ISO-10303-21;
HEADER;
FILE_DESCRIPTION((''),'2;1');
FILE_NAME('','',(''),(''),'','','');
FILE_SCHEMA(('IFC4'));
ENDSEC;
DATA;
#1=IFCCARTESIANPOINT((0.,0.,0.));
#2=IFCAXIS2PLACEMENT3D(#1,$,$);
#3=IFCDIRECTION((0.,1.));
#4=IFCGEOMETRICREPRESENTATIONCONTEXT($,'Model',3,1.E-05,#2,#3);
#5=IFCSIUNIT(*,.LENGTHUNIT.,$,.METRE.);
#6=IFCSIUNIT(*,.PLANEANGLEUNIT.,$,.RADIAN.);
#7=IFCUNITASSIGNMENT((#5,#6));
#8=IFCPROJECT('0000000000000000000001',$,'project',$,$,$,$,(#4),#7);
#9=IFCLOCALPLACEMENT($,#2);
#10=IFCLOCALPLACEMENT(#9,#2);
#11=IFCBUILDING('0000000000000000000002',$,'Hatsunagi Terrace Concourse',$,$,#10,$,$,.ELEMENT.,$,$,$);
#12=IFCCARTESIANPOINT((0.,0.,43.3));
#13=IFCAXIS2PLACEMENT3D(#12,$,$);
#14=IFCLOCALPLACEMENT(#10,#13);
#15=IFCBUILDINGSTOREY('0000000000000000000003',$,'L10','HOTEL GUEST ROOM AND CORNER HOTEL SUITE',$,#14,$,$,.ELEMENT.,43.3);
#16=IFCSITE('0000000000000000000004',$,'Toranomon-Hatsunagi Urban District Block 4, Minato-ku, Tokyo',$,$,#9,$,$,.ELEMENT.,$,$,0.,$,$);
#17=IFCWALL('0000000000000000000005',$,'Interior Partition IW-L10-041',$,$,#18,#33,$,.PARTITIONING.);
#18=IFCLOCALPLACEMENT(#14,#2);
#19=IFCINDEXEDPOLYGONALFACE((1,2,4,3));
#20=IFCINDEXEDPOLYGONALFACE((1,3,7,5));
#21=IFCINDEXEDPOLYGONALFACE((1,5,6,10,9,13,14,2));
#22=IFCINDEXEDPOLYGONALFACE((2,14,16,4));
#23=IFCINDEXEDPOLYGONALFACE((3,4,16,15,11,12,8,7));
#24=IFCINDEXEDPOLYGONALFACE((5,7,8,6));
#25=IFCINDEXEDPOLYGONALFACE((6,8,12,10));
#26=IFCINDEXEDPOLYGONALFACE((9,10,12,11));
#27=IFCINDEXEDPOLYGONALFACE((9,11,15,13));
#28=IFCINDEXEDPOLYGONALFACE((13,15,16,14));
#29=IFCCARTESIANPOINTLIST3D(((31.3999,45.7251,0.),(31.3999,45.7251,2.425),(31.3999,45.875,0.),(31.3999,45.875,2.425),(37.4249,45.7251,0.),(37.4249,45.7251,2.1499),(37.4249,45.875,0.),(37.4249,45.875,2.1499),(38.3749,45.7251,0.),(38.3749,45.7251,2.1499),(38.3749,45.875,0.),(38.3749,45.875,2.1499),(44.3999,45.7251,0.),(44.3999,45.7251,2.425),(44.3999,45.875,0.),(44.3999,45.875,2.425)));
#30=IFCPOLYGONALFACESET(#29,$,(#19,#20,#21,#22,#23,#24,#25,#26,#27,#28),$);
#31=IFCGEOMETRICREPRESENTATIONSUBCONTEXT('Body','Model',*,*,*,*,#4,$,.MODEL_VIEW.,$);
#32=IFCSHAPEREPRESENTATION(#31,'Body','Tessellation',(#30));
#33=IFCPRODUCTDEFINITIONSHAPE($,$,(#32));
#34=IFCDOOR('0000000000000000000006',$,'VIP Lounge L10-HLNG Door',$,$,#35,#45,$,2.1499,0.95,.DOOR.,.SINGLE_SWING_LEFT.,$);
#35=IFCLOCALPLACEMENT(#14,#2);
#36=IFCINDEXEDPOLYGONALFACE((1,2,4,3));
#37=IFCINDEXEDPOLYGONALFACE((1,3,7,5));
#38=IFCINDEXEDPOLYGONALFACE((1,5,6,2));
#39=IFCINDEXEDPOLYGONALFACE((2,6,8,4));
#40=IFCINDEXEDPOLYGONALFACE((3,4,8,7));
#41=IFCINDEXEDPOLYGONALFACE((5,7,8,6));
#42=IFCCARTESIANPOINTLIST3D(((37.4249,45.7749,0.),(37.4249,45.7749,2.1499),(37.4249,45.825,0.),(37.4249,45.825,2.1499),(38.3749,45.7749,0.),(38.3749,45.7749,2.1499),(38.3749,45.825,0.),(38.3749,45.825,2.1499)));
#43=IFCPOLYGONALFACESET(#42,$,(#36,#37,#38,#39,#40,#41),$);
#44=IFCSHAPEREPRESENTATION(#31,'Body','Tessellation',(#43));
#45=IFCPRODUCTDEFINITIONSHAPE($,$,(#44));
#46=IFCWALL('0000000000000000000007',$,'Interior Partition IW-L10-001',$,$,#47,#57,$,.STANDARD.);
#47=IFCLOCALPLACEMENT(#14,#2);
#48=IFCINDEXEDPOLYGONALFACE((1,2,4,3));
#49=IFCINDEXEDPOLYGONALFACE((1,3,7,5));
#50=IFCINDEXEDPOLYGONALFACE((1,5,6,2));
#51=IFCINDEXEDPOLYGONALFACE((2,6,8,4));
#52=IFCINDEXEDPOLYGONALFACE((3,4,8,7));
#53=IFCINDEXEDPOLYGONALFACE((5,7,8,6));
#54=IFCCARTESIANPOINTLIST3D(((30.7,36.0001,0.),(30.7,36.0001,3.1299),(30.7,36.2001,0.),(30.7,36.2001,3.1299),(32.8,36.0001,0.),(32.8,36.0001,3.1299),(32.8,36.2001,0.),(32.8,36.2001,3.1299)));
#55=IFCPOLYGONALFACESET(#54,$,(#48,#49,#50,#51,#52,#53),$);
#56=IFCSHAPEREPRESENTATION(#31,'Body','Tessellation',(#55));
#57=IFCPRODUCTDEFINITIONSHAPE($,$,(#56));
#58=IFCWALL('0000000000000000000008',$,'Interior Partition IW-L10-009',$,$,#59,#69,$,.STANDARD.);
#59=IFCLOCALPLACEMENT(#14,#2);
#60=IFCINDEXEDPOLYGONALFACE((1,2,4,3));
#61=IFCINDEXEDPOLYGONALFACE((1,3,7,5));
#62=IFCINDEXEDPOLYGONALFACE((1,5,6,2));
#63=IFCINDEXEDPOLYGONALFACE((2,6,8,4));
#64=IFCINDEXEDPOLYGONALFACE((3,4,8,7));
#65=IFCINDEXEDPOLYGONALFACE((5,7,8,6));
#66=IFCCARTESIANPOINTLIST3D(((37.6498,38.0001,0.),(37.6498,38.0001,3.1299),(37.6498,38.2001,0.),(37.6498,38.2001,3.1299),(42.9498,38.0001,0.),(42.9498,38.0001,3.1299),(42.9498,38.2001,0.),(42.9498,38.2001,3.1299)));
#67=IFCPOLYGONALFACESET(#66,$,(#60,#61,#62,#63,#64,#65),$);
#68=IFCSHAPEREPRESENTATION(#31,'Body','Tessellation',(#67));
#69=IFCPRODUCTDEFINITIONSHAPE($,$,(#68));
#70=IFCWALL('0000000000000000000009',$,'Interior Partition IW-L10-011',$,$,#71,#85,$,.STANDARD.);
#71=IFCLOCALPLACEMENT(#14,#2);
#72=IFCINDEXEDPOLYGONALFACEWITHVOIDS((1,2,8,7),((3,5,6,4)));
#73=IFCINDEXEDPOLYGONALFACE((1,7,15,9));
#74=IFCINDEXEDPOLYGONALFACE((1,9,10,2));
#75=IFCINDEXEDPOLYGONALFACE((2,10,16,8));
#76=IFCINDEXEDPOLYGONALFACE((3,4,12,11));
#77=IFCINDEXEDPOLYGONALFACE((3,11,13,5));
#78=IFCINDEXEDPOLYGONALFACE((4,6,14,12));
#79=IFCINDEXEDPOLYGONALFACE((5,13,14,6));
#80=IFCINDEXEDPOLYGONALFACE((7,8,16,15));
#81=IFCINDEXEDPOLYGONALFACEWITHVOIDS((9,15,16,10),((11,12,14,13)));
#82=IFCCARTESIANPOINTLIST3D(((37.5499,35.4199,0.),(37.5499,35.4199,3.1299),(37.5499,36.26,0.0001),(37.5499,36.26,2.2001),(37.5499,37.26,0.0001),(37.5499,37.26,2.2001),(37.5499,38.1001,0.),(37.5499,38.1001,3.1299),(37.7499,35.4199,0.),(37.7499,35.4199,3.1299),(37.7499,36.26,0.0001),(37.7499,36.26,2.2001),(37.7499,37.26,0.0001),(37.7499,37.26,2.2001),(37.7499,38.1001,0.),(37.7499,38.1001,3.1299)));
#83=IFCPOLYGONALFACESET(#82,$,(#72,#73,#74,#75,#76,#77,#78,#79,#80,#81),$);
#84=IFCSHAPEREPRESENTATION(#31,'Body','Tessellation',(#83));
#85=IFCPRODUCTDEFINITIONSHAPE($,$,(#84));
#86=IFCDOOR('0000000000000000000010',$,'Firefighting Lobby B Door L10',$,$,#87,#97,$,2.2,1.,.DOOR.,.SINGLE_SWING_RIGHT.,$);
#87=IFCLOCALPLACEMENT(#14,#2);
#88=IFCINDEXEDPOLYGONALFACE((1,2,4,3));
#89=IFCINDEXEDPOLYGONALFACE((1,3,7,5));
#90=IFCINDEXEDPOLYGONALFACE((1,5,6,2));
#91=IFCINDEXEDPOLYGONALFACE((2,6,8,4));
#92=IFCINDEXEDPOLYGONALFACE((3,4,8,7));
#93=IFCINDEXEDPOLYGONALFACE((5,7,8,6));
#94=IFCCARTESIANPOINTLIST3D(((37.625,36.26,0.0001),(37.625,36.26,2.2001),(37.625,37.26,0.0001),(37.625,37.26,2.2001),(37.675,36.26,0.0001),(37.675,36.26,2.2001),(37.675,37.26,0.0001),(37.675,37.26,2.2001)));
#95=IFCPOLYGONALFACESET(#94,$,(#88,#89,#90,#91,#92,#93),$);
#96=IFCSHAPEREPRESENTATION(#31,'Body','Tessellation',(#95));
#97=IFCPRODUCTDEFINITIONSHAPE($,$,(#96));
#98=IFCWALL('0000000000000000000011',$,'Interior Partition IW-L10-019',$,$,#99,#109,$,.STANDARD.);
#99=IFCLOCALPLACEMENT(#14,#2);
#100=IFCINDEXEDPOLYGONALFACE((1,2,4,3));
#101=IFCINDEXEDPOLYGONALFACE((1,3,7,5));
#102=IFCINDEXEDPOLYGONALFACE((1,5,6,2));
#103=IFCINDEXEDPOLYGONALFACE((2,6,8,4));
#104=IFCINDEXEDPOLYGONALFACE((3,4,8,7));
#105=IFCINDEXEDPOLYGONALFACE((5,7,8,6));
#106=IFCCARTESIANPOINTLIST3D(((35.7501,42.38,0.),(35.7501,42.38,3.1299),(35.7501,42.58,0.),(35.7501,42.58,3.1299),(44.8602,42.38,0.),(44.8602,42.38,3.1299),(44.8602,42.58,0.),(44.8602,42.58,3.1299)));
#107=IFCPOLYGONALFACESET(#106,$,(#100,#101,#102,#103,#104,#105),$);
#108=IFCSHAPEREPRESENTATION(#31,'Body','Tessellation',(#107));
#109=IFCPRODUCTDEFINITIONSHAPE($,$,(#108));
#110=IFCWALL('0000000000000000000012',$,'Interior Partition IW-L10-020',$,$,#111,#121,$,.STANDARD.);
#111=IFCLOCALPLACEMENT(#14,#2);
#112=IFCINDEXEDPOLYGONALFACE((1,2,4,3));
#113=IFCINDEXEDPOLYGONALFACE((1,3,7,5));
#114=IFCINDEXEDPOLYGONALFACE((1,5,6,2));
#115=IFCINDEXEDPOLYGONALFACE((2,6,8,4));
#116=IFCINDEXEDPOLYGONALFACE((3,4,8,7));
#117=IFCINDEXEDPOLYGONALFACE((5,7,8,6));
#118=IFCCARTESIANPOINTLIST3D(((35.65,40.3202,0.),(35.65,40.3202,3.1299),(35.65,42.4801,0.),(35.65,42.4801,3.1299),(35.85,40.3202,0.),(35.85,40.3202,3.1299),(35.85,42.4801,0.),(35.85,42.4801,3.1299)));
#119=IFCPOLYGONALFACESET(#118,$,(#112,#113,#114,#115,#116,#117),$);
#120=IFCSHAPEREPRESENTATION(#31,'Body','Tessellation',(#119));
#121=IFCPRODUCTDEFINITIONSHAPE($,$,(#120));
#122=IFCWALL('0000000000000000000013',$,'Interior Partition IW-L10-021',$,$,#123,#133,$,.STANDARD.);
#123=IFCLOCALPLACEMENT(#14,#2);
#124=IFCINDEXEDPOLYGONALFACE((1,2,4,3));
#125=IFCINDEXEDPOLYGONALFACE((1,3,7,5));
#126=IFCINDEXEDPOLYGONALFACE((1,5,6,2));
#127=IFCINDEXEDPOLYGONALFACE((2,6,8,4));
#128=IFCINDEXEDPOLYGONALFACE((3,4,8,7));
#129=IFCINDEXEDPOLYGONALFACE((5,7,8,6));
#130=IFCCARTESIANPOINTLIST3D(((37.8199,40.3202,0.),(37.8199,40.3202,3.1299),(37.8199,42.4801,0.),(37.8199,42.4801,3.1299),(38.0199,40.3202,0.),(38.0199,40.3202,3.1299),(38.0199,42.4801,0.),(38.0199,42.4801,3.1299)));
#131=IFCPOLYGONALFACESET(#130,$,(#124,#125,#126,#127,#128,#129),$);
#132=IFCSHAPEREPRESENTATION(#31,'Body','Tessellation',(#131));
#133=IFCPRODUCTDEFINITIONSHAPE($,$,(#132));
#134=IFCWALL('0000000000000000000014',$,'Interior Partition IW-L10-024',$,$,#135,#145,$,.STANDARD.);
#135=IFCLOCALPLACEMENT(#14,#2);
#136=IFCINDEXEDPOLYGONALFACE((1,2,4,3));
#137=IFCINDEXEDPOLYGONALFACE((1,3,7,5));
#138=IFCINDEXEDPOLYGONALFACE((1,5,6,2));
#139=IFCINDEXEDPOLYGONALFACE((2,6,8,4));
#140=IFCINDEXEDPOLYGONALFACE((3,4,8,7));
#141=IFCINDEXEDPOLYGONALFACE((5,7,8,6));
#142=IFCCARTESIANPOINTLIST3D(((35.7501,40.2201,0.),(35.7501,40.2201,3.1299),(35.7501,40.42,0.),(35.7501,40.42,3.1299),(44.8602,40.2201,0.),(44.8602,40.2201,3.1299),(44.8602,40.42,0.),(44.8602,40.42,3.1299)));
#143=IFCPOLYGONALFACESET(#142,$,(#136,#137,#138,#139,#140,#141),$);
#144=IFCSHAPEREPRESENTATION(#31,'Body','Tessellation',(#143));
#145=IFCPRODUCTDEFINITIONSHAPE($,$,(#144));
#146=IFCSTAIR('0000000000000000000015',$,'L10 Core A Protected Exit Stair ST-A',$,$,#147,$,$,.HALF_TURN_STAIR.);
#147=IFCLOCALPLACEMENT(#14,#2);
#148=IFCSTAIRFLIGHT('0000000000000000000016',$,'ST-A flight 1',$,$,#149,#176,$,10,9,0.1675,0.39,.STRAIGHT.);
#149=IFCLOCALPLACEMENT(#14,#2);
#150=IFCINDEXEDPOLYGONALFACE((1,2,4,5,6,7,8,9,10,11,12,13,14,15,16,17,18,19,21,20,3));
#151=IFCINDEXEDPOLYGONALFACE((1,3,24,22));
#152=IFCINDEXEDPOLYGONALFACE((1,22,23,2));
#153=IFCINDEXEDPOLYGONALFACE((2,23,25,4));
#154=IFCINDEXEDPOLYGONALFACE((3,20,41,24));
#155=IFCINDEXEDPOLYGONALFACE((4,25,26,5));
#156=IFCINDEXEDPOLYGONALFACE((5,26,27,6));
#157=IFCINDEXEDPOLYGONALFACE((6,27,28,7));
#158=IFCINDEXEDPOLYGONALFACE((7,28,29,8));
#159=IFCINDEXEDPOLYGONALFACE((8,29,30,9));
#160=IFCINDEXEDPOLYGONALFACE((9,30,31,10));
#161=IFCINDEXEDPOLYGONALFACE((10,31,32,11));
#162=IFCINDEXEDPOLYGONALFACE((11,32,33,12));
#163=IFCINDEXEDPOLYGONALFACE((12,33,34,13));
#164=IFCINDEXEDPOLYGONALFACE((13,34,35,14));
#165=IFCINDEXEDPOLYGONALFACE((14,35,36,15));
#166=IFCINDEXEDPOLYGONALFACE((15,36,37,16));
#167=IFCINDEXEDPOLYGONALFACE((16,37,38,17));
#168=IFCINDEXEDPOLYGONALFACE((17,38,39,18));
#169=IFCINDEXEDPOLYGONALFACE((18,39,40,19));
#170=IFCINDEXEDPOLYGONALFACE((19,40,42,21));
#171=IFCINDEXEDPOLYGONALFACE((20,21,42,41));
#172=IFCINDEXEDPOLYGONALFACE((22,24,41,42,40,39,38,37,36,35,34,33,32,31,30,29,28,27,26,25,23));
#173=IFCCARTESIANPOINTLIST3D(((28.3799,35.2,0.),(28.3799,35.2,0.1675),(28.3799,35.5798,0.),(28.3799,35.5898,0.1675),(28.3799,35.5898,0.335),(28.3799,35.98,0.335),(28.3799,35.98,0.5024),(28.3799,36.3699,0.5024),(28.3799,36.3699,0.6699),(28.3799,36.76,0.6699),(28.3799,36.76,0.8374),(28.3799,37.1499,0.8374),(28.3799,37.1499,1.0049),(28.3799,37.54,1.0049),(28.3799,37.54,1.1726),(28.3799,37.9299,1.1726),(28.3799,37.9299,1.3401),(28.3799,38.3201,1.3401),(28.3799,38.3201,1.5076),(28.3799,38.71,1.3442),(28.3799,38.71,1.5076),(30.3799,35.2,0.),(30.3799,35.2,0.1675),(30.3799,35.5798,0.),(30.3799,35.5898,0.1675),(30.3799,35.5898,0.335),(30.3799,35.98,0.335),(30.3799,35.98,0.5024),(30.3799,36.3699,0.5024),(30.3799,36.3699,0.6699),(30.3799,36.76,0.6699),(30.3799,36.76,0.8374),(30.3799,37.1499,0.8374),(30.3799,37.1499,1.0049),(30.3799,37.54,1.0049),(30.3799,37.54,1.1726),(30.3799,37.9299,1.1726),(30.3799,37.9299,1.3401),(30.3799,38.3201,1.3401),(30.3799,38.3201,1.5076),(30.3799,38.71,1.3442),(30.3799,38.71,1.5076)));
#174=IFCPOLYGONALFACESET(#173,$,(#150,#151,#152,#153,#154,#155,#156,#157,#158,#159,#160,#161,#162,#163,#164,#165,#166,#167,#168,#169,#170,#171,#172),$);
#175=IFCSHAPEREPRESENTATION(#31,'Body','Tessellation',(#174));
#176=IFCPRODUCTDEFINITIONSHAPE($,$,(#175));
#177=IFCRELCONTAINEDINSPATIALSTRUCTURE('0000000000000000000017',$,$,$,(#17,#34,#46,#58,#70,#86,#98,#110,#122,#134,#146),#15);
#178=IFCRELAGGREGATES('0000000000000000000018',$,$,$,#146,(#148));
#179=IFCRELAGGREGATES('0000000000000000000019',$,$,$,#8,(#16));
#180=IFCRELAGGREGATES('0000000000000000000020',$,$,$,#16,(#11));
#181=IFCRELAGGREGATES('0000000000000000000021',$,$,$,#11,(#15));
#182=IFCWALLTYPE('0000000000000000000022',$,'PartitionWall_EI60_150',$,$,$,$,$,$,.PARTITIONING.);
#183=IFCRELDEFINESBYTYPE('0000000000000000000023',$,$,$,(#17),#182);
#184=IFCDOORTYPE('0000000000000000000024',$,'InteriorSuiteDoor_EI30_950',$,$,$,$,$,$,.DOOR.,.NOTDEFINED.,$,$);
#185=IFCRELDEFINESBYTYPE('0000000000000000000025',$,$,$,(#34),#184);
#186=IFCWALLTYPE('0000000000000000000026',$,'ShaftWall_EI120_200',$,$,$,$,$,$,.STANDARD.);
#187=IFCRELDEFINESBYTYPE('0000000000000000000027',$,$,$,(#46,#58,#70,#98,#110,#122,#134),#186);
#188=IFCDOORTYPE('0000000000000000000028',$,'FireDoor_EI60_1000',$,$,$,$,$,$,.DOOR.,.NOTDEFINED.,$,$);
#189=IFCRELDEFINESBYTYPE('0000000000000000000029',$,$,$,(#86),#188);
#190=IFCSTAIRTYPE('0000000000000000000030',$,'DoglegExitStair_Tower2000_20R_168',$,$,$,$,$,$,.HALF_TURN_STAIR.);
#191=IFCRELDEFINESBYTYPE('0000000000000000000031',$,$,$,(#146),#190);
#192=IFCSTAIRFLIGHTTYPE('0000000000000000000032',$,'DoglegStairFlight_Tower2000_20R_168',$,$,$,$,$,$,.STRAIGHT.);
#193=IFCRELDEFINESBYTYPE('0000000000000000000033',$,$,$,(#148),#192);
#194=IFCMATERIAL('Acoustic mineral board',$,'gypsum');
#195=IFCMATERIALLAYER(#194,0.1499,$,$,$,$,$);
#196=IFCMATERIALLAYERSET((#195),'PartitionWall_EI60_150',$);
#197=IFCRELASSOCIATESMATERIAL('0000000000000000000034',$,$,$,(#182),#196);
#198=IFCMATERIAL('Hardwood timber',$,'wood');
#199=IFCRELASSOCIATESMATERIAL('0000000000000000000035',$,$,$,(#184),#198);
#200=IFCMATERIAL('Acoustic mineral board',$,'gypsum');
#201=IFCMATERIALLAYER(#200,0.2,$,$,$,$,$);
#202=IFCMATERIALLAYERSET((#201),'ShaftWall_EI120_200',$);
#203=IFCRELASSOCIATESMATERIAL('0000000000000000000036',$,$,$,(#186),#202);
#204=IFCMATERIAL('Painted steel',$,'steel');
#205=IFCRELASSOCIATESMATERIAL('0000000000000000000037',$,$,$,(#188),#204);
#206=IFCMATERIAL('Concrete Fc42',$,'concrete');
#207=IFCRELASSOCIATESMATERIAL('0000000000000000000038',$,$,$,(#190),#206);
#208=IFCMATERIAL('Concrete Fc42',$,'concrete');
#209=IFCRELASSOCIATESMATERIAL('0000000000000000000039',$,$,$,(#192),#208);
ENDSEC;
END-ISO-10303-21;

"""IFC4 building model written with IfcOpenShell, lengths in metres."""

from ifc_helpers import new_model, si_unit, direction, frame, frame_2d, origin, place, context, subcontext, project, spatial, polyline, rectangle, outline, extrude, material, layer, layer_set, type_object, element, fill, aggregate, save


model = new_model("IFC4")

# Units and contexts
model_context = context("Model", 3, precision=1e-05, world=origin(), true_north=direction((0.0, 1.0)))
body_context = subcontext(model_context, "Body", "Model", "MODEL_VIEW")
ifc_project = project(units=[si_unit("LENGTHUNIT", "METRE"), si_unit("PLANEANGLEUNIT", "RADIAN")], contexts=[model_context])

# Site, building, storey
site_placement = place(None, origin())
site = spatial("IfcSite", under=ifc_project, at=site_placement, Name="Toranomon-Hatsunagi Urban District Block 4, Minato-ku, Tokyo", CompositionType="ELEMENT", RefElevation=0.0)
building_placement = place(site_placement, origin())
building = spatial("IfcBuilding", under=site, at=building_placement, Name="Hatsunagi Terrace Concourse", CompositionType="ELEMENT")
storey_placement = place(building_placement, frame((0.0, 0.0, 43.3)))
storey = spatial("IfcBuildingStorey", under=building, at=storey_placement, Name="L10", Description="HOTEL GUEST ROOM AND CORNER HOTEL SUITE", CompositionType="ELEMENT", Elevation=43.3)

# Shared definitions
ifc_material_1 = material(Name="Acoustic mineral board", Category="gypsum")
ifc_layer_1 = layer(ifc_material_1, 0.1499)
ifc_layer_set_1 = layer_set([ifc_layer_1], Name="PartitionWall_EI60_150")
wall_type_1 = type_object("IfcWallType", Name="PartitionWall_EI60_150", PredefinedType="PARTITIONING", material=ifc_layer_set_1)

# Wall, opening, door
wall_1_placement = place(storey_placement, frame((31.3999, 45.8, 0.0), z_axis=(0.0, 0.0, 1.0), x_axis=(1.0, 0.0, 0.0)))
wall_1 = element("IfcWall", 1, at=wall_1_placement, inside=storey, type_object=wall_type_1, Name="Interior Partition IW-L10-041", PredefinedType="PARTITIONING", context=body_context, shape_type="SweptSolid", body=[
    extrude(rectangle(XDim=13.0, YDim=0.1499, at=frame_2d((6.5, 0.0))), origin(), (0.0, 0.0, 1.0), 2.425),
])
opening_1_placement = place(wall_1_placement, frame((6.0249, 0.0, 0.0)))
opening_1 = element("IfcOpeningElement", 2, at=opening_1_placement, cuts=wall_1, PredefinedType="OPENING", context=body_context, shape_type="SweptSolid", body=[
    extrude(rectangle(XDim=0.95, YDim=2.1499, at=frame_2d((0.4751, 1.075))), frame((0.0, 0.085, 0.0), z_axis=(0.0, -1.0, 0.0), x_axis=(1.0, 0.0, 0.0)), (0.0, 0.0, 1.0), 0.1699),
])
ifc_material_2 = material(Name="Hardwood timber", Category="wood")
door_type_1 = type_object("IfcDoorType", Name="InteriorSuiteDoor_EI30_950", OperationType="NOTDEFINED", PredefinedType="DOOR", material=ifc_material_2)
door_1_placement = place(opening_1_placement, origin())
door_1 = element("IfcDoor", 3, at=door_1_placement, inside=storey, type_object=door_type_1, Name="VIP Lounge L10-HLNG Door", OperationType="SINGLE_SWING_LEFT", OverallHeight=2.1499, OverallWidth=0.95, PredefinedType="DOOR", context=body_context, shape_type="SweptSolid", body=[
    extrude(rectangle(XDim=0.95, YDim=2.1499, at=frame_2d((0.4751, 1.075))), frame((0.0, 0.0249, 0.0), z_axis=(0.0, -1.0, 0.0), x_axis=(1.0, 0.0, 0.0)), (0.0, 0.0, 1.0), 0.05),
])
fill(opening_1, door_1)

# Walls
ifc_material_3 = material(Name="Acoustic mineral board", Category="gypsum")
ifc_layer_2 = layer(ifc_material_3, 0.2)
ifc_layer_set_2 = layer_set([ifc_layer_2], Name="ShaftWall_EI120_200")
wall_type_2 = type_object("IfcWallType", Name="ShaftWall_EI120_200", PredefinedType="STANDARD", material=ifc_layer_set_2)
wall_2_placement = place(storey_placement, frame((30.7, 36.1001, 0.0), z_axis=(0.0, 0.0, 1.0), x_axis=(1.0, 0.0, 0.0)))
element("IfcWall", 4, at=wall_2_placement, inside=storey, type_object=wall_type_2, Name="Interior Partition IW-L10-001", PredefinedType="STANDARD", context=body_context, shape_type="SweptSolid", body=[
    extrude(rectangle(XDim=2.1001, YDim=0.2, at=frame_2d((1.05, 0.0))), origin(), (0.0, 0.0, 1.0), 3.1299),
])
wall_3_placement = place(storey_placement, frame((37.6499, 38.1001, 0.0), z_axis=(0.0, 0.0, 1.0), x_axis=(1.0, 0.0, 0.0)))
element("IfcWall", 5, at=wall_3_placement, inside=storey, type_object=wall_type_2, Name="Interior Partition IW-L10-009", PredefinedType="STANDARD", context=body_context, shape_type="SweptSolid", body=[
    extrude(rectangle(XDim=5.3, YDim=0.2, at=frame_2d((2.6499, 0.0))), origin(), (0.0, 0.0, 1.0), 3.1299),
])

# Wall, opening, door
wall_4_placement = place(storey_placement, frame((37.6499, 35.4199, 0.0), z_axis=(0.0, 0.0, 1.0), x_axis=(0.0, 1.0, 0.0)))
wall_4 = element("IfcWall", 6, at=wall_4_placement, inside=storey, type_object=wall_type_2, Name="Interior Partition IW-L10-011", PredefinedType="STANDARD", context=body_context, shape_type="SweptSolid", body=[
    extrude(rectangle(XDim=2.6802, YDim=0.2, at=frame_2d((1.3401, 0.0))), origin(), (0.0, 0.0, 1.0), 3.1299),
])
opening_2_placement = place(wall_4_placement, frame((0.8401, 0.0, 0.0)))
opening_2 = element("IfcOpeningElement", 7, at=opening_2_placement, cuts=wall_4, PredefinedType="OPENING", context=body_context, shape_type="SweptSolid", body=[
    extrude(rectangle(XDim=1.0, YDim=2.2, at=frame_2d((0.5, 1.1001))), frame((0.0, 0.1099, 0.0), z_axis=(0.0, -1.0, 0.0), x_axis=(1.0, 0.0, 0.0)), (0.0, 0.0, 1.0), 0.22),
])
ifc_material_4 = material(Name="Painted steel", Category="steel")
door_type_2 = type_object("IfcDoorType", Name="FireDoor_EI60_1000", OperationType="NOTDEFINED", PredefinedType="DOOR", material=ifc_material_4)
door_2_placement = place(opening_2_placement, origin())
door_2 = element("IfcDoor", 8, at=door_2_placement, inside=storey, type_object=door_type_2, Name="Firefighting Lobby B Door L10", OperationType="SINGLE_SWING_RIGHT", OverallHeight=2.2, OverallWidth=1.0, PredefinedType="DOOR", context=body_context, shape_type="SweptSolid", body=[
    extrude(rectangle(XDim=1.0, YDim=2.2, at=frame_2d((0.5, 1.1001))), frame((0.0, 0.0249, 0.0), z_axis=(0.0, -1.0, 0.0), x_axis=(1.0, 0.0, 0.0)), (0.0, 0.0, 1.0), 0.05),
])
fill(opening_2, door_2)

# Walls
wall_5_placement = place(storey_placement, frame((35.75, 42.48, 0.0), z_axis=(0.0, 0.0, 1.0), x_axis=(1.0, 0.0, 0.0)))
element("IfcWall", 9, at=wall_5_placement, inside=storey, type_object=wall_type_2, Name="Interior Partition IW-L10-019", PredefinedType="STANDARD", context=body_context, shape_type="SweptSolid", body=[
    extrude(rectangle(XDim=9.1101, YDim=0.2, at=frame_2d((4.5552, 0.0))), origin(), (0.0, 0.0, 1.0), 3.1299),
])
for number, where, z_axis, x_axis, name in (
    (10, (35.75, 40.3201, 0.0), (0.0, 0.0, 1.0), (0.0, 1.0, 0.0), "Interior Partition IW-L10-020"),
    (11, (37.9199, 40.3201, 0.0), (0.0, 0.0, 1.0), (0.0, 1.0, 0.0), "Interior Partition IW-L10-021"),
):
    element("IfcWall", number, at=place(storey_placement, frame(where, z_axis=z_axis, x_axis=x_axis)), inside=storey, type_object=wall_type_2, Name=name, PredefinedType="STANDARD", context=body_context, shape_type="SweptSolid", body=[
        extrude(rectangle(XDim=2.1599, YDim=0.2, at=frame_2d((1.0801, 0.0))), origin(), (0.0, 0.0, 1.0), 3.1299),
    ])
wall_6_placement = place(storey_placement, frame((35.75, 40.3201, 0.0), z_axis=(0.0, 0.0, 1.0), x_axis=(1.0, 0.0, 0.0)))
element("IfcWall", 12, at=wall_6_placement, inside=storey, type_object=wall_type_2, Name="Interior Partition IW-L10-024", PredefinedType="STANDARD", context=body_context, shape_type="SweptSolid", body=[
    extrude(rectangle(XDim=9.1101, YDim=0.2, at=frame_2d((4.5552, 0.0))), origin(), (0.0, 0.0, 1.0), 3.1299),
])

# Stair, stair flight
ifc_material_5 = material(Name="Concrete Fc42", Category="concrete")
stair_type = type_object("IfcStairType", Name="DoglegExitStair_Tower2000_20R_168", PredefinedType="HALF_TURN_STAIR", material=ifc_material_5)
stair_placement = place(storey_placement, origin())
stair = element("IfcStair", 13, at=stair_placement, inside=storey, type_object=stair_type, Name="L10 Core A Protected Exit Stair ST-A", PredefinedType="HALF_TURN_STAIR")
ifc_material_6 = material(Name="Concrete Fc42", Category="concrete")
stair_flight_type = type_object("IfcStairFlightType", Name="DoglegStairFlight_Tower2000_20R_168", PredefinedType="STRAIGHT", material=ifc_material_6)
stair_flight_placement = place(storey_placement, frame((29.3799, 35.2, 0.0), z_axis=(0.0, 0.0, 1.0), x_axis=(0.0, 1.0, 0.0)))
stair_flight = element("IfcStairFlight", 14, at=stair_flight_placement, type_object=stair_flight_type, Name="ST-A flight 1", NumberOfRisers=10, NumberOfTreads=9, PredefinedType="STRAIGHT", RiserHeight=0.1675, TreadLength=0.39, context=body_context, shape_type="SweptSolid", body=[
    extrude(outline(polyline([(0.0, 0.0), (0.0, 0.1675), (0.3899, 0.1675), (0.3899, 0.335), (0.78, 0.335), (0.78, 0.5024), (1.1699, 0.5024), (1.1699, 0.6699), (1.5601, 0.6699), (1.5601, 0.8374), (1.95, 0.8374), (1.95, 1.0049), (2.3401, 1.0049), (2.3401, 1.1726), (2.73, 1.1726), (2.73, 1.3401), (3.1201, 1.3401), (3.1201, 1.5076), (3.51, 1.5076), (3.51, 1.675), (3.51, 1.3442), (0.3799, 0.0), (0.0, 0.0)])), frame((0.0, 1.0, 0.0), z_axis=(0.0, -1.0, 0.0), x_axis=(1.0, 0.0, 0.0)), (0.0, 0.0, 1.0), 2.0),
])
aggregate(stair, [stair_flight])

save(model, "model.ifc")
